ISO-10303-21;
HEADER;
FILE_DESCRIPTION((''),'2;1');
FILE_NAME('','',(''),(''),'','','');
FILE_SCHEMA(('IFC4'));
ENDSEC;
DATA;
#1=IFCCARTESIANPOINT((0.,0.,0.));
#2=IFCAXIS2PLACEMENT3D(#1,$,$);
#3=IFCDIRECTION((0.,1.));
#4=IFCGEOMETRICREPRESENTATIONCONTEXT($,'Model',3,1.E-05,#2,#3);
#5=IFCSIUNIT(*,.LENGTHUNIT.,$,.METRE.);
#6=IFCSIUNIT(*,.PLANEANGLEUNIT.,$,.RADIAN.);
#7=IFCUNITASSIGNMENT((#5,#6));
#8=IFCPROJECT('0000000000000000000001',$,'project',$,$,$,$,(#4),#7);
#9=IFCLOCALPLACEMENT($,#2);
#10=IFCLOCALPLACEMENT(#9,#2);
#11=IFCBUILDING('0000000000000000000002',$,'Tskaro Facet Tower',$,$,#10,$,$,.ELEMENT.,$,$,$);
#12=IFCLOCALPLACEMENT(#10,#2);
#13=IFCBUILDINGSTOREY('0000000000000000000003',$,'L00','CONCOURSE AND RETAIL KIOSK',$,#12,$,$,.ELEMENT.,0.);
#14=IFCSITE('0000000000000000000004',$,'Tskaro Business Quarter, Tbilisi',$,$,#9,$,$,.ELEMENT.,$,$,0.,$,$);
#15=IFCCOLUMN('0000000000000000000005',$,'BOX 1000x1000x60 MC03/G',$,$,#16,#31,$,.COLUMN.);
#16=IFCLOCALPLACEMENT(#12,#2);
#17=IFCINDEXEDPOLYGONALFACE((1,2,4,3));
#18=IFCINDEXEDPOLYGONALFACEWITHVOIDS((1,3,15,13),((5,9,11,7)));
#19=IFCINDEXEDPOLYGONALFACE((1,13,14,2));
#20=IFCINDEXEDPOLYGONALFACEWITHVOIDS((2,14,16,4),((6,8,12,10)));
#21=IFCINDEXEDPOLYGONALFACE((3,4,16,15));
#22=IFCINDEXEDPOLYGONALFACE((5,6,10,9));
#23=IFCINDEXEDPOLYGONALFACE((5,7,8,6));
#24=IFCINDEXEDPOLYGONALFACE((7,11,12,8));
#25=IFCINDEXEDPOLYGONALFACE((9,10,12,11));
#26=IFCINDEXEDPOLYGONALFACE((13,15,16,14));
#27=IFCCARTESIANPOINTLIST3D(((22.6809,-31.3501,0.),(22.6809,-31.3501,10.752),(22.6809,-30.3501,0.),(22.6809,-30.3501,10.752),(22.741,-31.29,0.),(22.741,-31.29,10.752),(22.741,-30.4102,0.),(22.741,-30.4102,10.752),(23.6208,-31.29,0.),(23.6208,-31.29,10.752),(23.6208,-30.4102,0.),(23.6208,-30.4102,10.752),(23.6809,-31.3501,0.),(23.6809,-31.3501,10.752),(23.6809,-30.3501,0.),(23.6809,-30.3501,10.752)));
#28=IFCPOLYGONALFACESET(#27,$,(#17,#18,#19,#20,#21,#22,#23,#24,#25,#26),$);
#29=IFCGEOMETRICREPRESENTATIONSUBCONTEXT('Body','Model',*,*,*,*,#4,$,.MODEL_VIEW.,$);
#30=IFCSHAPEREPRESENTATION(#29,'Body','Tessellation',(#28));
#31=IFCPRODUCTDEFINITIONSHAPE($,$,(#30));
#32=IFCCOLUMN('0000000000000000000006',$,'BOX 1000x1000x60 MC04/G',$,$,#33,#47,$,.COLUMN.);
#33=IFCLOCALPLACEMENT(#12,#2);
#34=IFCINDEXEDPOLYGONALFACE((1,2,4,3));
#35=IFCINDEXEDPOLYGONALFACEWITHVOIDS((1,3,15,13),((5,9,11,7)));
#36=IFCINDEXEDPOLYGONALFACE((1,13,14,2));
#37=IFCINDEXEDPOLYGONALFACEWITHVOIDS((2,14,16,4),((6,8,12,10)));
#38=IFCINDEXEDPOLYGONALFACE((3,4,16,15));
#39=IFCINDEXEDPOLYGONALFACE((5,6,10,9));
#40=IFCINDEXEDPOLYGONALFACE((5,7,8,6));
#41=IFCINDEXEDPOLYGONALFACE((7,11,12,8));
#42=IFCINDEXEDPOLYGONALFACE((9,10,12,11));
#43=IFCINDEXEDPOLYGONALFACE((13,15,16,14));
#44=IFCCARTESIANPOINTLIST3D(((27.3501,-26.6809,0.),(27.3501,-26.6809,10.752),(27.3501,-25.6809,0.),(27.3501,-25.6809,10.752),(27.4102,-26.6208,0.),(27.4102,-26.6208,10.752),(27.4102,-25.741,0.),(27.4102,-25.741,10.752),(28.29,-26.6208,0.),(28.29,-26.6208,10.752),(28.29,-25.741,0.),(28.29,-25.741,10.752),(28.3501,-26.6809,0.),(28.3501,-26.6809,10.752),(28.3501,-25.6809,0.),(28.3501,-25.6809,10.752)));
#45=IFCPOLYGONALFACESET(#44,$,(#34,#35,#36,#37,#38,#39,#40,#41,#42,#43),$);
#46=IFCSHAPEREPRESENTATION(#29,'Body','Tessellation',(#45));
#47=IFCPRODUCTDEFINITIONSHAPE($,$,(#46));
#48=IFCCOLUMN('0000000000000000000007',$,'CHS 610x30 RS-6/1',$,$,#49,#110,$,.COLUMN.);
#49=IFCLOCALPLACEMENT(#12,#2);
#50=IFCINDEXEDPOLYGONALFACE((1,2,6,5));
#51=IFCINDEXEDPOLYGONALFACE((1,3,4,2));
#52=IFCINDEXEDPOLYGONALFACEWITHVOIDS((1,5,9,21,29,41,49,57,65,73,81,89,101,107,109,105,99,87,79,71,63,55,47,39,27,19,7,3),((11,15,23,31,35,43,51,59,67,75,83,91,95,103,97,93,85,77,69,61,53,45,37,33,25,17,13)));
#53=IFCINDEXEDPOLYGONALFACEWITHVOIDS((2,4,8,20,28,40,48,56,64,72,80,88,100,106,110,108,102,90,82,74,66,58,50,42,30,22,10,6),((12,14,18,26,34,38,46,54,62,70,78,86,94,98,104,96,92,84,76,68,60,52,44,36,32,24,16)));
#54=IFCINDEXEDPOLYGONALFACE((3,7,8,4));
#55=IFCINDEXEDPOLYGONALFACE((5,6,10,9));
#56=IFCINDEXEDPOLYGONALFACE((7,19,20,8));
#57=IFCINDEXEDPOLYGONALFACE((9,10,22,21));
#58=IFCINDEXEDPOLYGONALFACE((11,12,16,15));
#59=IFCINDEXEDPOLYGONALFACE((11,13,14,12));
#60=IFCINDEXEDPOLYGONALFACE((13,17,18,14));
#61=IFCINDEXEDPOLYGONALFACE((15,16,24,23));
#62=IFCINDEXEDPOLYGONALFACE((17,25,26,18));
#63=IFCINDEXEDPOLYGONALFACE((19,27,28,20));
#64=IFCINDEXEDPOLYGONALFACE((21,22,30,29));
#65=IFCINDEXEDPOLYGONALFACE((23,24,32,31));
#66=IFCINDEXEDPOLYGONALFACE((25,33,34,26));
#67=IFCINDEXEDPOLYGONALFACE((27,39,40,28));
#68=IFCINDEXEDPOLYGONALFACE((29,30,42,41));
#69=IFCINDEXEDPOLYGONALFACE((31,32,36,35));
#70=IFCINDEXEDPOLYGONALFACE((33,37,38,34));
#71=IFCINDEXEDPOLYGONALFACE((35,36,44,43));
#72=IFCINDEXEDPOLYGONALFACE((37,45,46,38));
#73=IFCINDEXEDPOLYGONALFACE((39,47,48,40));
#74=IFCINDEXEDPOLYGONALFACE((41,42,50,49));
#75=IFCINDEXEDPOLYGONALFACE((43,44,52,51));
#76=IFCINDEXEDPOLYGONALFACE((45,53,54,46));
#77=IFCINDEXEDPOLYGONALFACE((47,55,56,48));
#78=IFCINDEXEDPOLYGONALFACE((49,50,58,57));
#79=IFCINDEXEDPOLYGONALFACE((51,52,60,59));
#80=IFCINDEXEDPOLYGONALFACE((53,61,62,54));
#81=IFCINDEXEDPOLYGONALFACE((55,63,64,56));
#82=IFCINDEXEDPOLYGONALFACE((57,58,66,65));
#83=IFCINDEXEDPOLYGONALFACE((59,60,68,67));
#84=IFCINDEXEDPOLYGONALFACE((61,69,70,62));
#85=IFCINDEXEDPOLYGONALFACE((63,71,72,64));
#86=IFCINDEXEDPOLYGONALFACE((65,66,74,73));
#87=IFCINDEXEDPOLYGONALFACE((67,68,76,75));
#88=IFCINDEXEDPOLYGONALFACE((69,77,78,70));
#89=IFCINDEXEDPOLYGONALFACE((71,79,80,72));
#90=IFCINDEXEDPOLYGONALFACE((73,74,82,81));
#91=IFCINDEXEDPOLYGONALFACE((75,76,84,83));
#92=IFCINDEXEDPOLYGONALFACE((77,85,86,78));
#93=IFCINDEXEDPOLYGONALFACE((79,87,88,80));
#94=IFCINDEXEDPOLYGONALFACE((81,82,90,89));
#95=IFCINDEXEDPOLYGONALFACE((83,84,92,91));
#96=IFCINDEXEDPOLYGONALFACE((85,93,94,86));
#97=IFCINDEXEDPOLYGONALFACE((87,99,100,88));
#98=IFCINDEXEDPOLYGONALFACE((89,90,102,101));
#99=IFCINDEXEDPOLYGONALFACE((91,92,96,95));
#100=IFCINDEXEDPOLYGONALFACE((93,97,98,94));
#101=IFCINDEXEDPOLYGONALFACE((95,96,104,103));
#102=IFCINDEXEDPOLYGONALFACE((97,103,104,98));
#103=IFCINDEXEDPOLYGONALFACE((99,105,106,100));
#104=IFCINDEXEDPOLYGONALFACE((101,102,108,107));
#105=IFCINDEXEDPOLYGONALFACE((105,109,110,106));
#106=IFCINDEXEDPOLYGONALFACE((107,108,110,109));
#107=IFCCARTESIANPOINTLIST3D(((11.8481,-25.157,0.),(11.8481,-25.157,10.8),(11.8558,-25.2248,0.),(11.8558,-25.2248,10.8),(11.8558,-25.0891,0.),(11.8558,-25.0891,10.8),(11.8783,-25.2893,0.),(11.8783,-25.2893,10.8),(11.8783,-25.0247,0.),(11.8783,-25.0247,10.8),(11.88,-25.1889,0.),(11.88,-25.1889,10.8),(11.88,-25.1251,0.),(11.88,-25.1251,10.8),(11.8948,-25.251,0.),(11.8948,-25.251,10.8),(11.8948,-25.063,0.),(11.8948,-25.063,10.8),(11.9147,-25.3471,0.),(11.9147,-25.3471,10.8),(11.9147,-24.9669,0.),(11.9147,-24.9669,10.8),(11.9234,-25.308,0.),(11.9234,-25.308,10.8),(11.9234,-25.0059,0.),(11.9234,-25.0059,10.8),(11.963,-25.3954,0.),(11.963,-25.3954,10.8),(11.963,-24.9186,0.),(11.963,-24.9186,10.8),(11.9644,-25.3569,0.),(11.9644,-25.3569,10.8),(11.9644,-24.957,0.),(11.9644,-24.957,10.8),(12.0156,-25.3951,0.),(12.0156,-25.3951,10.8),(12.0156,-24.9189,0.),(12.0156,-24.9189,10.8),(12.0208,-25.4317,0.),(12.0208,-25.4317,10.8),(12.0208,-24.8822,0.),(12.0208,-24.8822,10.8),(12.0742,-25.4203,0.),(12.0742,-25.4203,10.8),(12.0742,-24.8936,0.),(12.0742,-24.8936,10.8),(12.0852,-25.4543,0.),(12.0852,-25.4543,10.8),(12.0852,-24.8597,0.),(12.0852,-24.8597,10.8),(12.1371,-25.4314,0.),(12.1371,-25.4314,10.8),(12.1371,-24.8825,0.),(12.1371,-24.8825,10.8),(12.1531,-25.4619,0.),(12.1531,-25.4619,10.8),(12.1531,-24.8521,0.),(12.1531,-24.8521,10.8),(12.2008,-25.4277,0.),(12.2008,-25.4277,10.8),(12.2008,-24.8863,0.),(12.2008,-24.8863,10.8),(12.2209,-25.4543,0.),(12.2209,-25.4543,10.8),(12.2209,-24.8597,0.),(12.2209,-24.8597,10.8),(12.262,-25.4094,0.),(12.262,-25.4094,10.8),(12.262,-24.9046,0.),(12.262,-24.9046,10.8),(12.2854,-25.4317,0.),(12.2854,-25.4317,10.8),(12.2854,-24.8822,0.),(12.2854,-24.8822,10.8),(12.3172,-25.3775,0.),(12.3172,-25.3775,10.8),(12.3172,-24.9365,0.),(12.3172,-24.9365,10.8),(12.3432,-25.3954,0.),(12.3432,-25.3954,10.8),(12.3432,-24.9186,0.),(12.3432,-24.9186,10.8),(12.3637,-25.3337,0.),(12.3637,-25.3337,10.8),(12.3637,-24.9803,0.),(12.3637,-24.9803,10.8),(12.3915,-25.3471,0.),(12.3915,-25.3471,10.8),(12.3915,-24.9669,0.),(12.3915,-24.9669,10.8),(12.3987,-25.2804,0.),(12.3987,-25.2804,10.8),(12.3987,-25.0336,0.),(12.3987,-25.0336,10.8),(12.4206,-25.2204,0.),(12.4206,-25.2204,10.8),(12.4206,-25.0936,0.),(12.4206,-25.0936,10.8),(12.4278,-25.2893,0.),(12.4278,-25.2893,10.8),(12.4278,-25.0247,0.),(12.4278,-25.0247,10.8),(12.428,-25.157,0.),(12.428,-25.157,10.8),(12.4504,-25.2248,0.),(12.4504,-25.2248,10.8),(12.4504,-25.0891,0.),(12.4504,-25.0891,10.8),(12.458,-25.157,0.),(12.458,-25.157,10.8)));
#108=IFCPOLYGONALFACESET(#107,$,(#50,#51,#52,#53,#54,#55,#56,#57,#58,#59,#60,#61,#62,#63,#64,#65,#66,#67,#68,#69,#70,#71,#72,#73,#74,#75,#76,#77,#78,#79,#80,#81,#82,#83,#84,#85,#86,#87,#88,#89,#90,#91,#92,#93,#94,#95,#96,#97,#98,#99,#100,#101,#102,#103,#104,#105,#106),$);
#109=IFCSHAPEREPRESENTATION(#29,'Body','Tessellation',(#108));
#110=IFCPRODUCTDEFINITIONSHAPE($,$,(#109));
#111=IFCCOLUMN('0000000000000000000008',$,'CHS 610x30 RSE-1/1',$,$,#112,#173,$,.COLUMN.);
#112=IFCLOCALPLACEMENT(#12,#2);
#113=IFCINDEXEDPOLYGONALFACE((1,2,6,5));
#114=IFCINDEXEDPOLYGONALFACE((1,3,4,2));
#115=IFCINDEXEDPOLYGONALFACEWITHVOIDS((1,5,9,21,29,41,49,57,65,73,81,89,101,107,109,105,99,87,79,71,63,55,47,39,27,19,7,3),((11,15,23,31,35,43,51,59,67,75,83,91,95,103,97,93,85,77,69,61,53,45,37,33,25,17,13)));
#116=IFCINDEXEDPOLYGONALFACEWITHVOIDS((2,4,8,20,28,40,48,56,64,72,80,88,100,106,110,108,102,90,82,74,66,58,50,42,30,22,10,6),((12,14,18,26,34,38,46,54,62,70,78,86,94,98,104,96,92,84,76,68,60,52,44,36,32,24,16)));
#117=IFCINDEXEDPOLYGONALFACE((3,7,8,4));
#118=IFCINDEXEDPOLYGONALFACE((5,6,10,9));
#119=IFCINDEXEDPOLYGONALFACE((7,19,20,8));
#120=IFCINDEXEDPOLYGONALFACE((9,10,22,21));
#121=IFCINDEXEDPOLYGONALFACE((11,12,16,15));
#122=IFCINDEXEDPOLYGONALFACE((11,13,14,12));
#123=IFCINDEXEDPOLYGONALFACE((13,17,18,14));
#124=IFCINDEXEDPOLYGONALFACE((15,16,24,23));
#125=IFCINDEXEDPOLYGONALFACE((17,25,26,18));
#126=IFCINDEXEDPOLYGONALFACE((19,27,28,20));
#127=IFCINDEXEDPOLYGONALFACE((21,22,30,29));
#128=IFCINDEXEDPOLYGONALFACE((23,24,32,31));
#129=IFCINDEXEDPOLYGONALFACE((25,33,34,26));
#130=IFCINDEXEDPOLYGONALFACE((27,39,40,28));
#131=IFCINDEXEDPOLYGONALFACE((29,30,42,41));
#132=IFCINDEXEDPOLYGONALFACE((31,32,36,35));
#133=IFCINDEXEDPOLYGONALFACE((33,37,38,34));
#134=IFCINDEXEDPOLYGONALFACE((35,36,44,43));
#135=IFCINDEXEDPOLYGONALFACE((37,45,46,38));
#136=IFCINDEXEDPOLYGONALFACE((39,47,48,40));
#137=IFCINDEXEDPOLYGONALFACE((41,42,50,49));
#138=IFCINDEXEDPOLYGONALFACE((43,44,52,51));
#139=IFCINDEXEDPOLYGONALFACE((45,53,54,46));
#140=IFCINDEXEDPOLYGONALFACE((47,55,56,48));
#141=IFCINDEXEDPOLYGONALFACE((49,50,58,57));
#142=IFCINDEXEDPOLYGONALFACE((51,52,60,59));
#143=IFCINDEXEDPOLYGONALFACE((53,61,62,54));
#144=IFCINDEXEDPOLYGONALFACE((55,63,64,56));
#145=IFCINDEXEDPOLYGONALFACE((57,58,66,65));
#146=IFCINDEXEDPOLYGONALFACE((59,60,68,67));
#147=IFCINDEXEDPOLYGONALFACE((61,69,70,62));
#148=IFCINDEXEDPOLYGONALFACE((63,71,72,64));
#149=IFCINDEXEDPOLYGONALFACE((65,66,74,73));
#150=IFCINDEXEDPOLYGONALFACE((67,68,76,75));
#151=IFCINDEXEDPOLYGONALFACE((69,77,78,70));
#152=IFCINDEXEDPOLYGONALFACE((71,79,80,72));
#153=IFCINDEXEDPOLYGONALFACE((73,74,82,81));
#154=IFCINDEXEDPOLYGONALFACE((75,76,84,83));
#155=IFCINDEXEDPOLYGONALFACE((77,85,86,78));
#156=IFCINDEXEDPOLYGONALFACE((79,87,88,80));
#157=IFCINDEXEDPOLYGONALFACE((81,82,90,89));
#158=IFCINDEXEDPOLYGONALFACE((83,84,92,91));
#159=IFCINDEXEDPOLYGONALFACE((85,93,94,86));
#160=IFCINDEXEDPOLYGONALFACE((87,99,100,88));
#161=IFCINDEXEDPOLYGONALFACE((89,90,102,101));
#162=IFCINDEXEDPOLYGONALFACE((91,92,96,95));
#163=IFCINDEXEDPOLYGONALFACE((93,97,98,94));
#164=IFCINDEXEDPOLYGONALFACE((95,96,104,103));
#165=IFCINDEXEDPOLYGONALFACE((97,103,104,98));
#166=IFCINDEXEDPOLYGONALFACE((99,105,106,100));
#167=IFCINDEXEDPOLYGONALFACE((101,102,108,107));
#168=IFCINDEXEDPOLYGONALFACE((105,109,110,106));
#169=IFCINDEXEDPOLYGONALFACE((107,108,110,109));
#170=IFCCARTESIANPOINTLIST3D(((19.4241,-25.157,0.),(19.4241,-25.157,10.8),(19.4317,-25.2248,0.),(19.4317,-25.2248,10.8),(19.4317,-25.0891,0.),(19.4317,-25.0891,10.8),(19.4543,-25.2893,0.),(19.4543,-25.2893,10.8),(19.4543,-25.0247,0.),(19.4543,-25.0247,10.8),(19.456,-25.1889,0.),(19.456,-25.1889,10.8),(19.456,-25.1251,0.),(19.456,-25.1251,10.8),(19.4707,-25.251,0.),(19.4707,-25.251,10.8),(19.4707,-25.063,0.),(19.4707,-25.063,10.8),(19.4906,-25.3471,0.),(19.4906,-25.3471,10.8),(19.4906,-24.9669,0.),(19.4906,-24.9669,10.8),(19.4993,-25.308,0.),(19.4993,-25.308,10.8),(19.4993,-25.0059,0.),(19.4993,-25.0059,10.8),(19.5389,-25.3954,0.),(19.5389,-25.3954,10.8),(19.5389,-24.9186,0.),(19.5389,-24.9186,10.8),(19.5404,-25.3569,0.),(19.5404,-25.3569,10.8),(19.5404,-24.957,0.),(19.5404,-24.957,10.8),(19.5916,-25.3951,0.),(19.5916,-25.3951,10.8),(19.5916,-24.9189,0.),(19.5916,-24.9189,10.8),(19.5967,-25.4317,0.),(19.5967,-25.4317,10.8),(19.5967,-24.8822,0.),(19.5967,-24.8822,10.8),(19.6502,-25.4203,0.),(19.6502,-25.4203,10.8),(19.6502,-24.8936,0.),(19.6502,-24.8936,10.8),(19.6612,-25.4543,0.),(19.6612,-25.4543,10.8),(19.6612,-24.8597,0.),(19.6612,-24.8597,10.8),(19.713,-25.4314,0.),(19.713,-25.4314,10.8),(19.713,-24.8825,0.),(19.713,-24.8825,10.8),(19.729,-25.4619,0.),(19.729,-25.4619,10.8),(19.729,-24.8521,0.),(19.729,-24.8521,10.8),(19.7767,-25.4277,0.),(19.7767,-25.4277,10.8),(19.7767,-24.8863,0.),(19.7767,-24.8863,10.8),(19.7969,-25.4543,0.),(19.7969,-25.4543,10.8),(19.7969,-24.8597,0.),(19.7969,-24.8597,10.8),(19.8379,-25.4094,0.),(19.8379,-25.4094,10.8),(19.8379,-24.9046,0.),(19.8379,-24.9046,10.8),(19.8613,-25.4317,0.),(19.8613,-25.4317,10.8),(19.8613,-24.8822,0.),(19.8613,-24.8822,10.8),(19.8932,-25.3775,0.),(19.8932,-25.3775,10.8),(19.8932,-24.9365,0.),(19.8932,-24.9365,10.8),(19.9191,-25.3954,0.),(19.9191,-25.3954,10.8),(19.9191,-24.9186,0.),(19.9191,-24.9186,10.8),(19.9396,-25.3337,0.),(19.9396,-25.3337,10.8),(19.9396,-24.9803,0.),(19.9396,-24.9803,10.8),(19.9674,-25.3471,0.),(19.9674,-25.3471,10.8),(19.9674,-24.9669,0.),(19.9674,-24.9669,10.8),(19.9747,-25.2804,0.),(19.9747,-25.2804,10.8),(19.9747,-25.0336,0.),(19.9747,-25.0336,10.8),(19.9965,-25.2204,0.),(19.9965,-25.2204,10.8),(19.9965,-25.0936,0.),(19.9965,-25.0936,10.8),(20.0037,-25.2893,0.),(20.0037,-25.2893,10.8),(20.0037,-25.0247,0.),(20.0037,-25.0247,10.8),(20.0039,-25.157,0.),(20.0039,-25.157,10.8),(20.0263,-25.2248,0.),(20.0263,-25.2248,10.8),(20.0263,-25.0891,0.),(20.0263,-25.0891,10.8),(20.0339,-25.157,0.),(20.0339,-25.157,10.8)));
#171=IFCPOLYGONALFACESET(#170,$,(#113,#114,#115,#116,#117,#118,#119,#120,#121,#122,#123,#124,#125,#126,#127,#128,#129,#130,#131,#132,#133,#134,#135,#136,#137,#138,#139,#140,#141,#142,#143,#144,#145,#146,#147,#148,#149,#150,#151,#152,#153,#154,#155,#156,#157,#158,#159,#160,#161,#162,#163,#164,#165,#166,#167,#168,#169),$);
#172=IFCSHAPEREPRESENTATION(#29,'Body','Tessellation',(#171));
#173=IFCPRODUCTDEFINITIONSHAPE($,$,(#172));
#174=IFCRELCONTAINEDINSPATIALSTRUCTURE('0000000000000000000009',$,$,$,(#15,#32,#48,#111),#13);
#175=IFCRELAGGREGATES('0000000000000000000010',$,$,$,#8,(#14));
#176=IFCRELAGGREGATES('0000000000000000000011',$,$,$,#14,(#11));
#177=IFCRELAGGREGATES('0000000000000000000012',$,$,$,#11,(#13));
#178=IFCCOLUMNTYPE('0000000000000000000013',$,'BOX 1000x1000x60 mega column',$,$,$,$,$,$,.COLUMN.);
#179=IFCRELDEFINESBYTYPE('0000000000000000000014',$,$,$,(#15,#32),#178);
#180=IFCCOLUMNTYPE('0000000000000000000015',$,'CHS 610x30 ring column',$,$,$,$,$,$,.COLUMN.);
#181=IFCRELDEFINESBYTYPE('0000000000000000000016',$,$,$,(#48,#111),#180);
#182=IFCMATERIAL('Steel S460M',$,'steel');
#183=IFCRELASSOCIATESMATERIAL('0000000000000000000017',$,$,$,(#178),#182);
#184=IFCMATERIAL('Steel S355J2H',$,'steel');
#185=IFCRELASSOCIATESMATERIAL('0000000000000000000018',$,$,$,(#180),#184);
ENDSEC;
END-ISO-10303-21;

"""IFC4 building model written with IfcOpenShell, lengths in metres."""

from ifc_helpers import new_model, si_unit, direction, frame, origin, origin_2d, place, context, subcontext, project, spatial, hollow_rectangle, hollow_circle, extrude, material, material_profile, profile_set, type_object, element, save


model = new_model("IFC4")

# Units and contexts
model_context = context("Model", 3, precision=1e-05, world=origin(), true_north=direction((0.0, 1.0)))
body_context = subcontext(model_context, "Body", "Model", "MODEL_VIEW")
ifc_project = project(units=[si_unit("LENGTHUNIT", "METRE"), si_unit("PLANEANGLEUNIT", "RADIAN")], contexts=[model_context])

# Site, building, storey
site_placement = place(None, origin())
site = spatial("IfcSite", under=ifc_project, at=site_placement, Name="Tskaro Business Quarter, Tbilisi", CompositionType="ELEMENT", RefElevation=0.0)
building_placement = place(site_placement, origin())
building = spatial("IfcBuilding", under=site, at=building_placement, Name="Tskaro Facet Tower", CompositionType="ELEMENT")
storey_placement = place(building_placement, origin())
storey = spatial("IfcBuildingStorey", under=building, at=storey_placement, Name="L00", Description="CONCOURSE AND RETAIL KIOSK", CompositionType="ELEMENT", Elevation=0.0)

# Columns
ifc_material_1 = material(Name="Steel S460M", Category="steel")
ifc_material_profile_1 = material_profile(ifc_material_1, hollow_rectangle(XDim=1.0, YDim=1.0, WallThickness=0.0601, at=origin_2d()), Name="BOX 1000x1000x60")
ifc_profile_set_1 = profile_set([ifc_material_profile_1], Name="Steel S460M")
column_type_1 = type_object("IfcColumnType", Name="BOX 1000x1000x60 mega column", PredefinedType="COLUMN", material=ifc_profile_set_1)
for number, where, z_axis, x_axis, name in (
    (1, (23.1809, -30.8501, 0.0), (0.0, 0.0, 1.0), (1.0, 0.0, 0.0), "BOX 1000x1000x60 MC03/G"),
    (2, (27.8501, -26.1809, 0.0), (0.0, 0.0, 1.0), (1.0, 0.0, 0.0), "BOX 1000x1000x60 MC04/G"),
):
    element("IfcColumn", number, at=place(storey_placement, frame(where, z_axis=z_axis, x_axis=x_axis)), inside=storey, type_object=column_type_1, Name=name, PredefinedType="COLUMN", context=body_context, shape_type="SweptSolid", body=[
        extrude(hollow_rectangle(XDim=1.0, YDim=1.0, WallThickness=0.0601, at=origin_2d()), origin(), (0.0, 0.0, 1.0), 10.752),
    ])
ifc_material_2 = material(Name="Steel S355J2H", Category="steel")
ifc_material_profile_2 = material_profile(ifc_material_2, hollow_circle(Radius=0.3049, WallThickness=0.03, at=origin_2d()), Name="CHS 610x30")
ifc_profile_set_2 = profile_set([ifc_material_profile_2], Name="Steel S355J2H")
column_type_2 = type_object("IfcColumnType", Name="CHS 610x30 ring column", PredefinedType="COLUMN", material=ifc_profile_set_2)
for number, where, z_axis, x_axis, name in (
    (3, (12.1531, -25.157, 0.0), (0.0, 0.0, 1.0), (1.0, 0.0, 0.0), "CHS 610x30 RS-6/1"),
    (4, (19.729, -25.157, 0.0), (0.0, 0.0, 1.0), (1.0, 0.0, 0.0), "CHS 610x30 RSE-1/1"),
):
    element("IfcColumn", number, at=place(storey_placement, frame(where, z_axis=z_axis, x_axis=x_axis)), inside=storey, type_object=column_type_2, Name=name, PredefinedType="COLUMN", context=body_context, shape_type="SweptSolid", body=[
        extrude(hollow_circle(Radius=0.3049, WallThickness=0.03, at=origin_2d()), origin(), (0.0, 0.0, 1.0), 10.8),
    ])

save(model, "model.ifc")
